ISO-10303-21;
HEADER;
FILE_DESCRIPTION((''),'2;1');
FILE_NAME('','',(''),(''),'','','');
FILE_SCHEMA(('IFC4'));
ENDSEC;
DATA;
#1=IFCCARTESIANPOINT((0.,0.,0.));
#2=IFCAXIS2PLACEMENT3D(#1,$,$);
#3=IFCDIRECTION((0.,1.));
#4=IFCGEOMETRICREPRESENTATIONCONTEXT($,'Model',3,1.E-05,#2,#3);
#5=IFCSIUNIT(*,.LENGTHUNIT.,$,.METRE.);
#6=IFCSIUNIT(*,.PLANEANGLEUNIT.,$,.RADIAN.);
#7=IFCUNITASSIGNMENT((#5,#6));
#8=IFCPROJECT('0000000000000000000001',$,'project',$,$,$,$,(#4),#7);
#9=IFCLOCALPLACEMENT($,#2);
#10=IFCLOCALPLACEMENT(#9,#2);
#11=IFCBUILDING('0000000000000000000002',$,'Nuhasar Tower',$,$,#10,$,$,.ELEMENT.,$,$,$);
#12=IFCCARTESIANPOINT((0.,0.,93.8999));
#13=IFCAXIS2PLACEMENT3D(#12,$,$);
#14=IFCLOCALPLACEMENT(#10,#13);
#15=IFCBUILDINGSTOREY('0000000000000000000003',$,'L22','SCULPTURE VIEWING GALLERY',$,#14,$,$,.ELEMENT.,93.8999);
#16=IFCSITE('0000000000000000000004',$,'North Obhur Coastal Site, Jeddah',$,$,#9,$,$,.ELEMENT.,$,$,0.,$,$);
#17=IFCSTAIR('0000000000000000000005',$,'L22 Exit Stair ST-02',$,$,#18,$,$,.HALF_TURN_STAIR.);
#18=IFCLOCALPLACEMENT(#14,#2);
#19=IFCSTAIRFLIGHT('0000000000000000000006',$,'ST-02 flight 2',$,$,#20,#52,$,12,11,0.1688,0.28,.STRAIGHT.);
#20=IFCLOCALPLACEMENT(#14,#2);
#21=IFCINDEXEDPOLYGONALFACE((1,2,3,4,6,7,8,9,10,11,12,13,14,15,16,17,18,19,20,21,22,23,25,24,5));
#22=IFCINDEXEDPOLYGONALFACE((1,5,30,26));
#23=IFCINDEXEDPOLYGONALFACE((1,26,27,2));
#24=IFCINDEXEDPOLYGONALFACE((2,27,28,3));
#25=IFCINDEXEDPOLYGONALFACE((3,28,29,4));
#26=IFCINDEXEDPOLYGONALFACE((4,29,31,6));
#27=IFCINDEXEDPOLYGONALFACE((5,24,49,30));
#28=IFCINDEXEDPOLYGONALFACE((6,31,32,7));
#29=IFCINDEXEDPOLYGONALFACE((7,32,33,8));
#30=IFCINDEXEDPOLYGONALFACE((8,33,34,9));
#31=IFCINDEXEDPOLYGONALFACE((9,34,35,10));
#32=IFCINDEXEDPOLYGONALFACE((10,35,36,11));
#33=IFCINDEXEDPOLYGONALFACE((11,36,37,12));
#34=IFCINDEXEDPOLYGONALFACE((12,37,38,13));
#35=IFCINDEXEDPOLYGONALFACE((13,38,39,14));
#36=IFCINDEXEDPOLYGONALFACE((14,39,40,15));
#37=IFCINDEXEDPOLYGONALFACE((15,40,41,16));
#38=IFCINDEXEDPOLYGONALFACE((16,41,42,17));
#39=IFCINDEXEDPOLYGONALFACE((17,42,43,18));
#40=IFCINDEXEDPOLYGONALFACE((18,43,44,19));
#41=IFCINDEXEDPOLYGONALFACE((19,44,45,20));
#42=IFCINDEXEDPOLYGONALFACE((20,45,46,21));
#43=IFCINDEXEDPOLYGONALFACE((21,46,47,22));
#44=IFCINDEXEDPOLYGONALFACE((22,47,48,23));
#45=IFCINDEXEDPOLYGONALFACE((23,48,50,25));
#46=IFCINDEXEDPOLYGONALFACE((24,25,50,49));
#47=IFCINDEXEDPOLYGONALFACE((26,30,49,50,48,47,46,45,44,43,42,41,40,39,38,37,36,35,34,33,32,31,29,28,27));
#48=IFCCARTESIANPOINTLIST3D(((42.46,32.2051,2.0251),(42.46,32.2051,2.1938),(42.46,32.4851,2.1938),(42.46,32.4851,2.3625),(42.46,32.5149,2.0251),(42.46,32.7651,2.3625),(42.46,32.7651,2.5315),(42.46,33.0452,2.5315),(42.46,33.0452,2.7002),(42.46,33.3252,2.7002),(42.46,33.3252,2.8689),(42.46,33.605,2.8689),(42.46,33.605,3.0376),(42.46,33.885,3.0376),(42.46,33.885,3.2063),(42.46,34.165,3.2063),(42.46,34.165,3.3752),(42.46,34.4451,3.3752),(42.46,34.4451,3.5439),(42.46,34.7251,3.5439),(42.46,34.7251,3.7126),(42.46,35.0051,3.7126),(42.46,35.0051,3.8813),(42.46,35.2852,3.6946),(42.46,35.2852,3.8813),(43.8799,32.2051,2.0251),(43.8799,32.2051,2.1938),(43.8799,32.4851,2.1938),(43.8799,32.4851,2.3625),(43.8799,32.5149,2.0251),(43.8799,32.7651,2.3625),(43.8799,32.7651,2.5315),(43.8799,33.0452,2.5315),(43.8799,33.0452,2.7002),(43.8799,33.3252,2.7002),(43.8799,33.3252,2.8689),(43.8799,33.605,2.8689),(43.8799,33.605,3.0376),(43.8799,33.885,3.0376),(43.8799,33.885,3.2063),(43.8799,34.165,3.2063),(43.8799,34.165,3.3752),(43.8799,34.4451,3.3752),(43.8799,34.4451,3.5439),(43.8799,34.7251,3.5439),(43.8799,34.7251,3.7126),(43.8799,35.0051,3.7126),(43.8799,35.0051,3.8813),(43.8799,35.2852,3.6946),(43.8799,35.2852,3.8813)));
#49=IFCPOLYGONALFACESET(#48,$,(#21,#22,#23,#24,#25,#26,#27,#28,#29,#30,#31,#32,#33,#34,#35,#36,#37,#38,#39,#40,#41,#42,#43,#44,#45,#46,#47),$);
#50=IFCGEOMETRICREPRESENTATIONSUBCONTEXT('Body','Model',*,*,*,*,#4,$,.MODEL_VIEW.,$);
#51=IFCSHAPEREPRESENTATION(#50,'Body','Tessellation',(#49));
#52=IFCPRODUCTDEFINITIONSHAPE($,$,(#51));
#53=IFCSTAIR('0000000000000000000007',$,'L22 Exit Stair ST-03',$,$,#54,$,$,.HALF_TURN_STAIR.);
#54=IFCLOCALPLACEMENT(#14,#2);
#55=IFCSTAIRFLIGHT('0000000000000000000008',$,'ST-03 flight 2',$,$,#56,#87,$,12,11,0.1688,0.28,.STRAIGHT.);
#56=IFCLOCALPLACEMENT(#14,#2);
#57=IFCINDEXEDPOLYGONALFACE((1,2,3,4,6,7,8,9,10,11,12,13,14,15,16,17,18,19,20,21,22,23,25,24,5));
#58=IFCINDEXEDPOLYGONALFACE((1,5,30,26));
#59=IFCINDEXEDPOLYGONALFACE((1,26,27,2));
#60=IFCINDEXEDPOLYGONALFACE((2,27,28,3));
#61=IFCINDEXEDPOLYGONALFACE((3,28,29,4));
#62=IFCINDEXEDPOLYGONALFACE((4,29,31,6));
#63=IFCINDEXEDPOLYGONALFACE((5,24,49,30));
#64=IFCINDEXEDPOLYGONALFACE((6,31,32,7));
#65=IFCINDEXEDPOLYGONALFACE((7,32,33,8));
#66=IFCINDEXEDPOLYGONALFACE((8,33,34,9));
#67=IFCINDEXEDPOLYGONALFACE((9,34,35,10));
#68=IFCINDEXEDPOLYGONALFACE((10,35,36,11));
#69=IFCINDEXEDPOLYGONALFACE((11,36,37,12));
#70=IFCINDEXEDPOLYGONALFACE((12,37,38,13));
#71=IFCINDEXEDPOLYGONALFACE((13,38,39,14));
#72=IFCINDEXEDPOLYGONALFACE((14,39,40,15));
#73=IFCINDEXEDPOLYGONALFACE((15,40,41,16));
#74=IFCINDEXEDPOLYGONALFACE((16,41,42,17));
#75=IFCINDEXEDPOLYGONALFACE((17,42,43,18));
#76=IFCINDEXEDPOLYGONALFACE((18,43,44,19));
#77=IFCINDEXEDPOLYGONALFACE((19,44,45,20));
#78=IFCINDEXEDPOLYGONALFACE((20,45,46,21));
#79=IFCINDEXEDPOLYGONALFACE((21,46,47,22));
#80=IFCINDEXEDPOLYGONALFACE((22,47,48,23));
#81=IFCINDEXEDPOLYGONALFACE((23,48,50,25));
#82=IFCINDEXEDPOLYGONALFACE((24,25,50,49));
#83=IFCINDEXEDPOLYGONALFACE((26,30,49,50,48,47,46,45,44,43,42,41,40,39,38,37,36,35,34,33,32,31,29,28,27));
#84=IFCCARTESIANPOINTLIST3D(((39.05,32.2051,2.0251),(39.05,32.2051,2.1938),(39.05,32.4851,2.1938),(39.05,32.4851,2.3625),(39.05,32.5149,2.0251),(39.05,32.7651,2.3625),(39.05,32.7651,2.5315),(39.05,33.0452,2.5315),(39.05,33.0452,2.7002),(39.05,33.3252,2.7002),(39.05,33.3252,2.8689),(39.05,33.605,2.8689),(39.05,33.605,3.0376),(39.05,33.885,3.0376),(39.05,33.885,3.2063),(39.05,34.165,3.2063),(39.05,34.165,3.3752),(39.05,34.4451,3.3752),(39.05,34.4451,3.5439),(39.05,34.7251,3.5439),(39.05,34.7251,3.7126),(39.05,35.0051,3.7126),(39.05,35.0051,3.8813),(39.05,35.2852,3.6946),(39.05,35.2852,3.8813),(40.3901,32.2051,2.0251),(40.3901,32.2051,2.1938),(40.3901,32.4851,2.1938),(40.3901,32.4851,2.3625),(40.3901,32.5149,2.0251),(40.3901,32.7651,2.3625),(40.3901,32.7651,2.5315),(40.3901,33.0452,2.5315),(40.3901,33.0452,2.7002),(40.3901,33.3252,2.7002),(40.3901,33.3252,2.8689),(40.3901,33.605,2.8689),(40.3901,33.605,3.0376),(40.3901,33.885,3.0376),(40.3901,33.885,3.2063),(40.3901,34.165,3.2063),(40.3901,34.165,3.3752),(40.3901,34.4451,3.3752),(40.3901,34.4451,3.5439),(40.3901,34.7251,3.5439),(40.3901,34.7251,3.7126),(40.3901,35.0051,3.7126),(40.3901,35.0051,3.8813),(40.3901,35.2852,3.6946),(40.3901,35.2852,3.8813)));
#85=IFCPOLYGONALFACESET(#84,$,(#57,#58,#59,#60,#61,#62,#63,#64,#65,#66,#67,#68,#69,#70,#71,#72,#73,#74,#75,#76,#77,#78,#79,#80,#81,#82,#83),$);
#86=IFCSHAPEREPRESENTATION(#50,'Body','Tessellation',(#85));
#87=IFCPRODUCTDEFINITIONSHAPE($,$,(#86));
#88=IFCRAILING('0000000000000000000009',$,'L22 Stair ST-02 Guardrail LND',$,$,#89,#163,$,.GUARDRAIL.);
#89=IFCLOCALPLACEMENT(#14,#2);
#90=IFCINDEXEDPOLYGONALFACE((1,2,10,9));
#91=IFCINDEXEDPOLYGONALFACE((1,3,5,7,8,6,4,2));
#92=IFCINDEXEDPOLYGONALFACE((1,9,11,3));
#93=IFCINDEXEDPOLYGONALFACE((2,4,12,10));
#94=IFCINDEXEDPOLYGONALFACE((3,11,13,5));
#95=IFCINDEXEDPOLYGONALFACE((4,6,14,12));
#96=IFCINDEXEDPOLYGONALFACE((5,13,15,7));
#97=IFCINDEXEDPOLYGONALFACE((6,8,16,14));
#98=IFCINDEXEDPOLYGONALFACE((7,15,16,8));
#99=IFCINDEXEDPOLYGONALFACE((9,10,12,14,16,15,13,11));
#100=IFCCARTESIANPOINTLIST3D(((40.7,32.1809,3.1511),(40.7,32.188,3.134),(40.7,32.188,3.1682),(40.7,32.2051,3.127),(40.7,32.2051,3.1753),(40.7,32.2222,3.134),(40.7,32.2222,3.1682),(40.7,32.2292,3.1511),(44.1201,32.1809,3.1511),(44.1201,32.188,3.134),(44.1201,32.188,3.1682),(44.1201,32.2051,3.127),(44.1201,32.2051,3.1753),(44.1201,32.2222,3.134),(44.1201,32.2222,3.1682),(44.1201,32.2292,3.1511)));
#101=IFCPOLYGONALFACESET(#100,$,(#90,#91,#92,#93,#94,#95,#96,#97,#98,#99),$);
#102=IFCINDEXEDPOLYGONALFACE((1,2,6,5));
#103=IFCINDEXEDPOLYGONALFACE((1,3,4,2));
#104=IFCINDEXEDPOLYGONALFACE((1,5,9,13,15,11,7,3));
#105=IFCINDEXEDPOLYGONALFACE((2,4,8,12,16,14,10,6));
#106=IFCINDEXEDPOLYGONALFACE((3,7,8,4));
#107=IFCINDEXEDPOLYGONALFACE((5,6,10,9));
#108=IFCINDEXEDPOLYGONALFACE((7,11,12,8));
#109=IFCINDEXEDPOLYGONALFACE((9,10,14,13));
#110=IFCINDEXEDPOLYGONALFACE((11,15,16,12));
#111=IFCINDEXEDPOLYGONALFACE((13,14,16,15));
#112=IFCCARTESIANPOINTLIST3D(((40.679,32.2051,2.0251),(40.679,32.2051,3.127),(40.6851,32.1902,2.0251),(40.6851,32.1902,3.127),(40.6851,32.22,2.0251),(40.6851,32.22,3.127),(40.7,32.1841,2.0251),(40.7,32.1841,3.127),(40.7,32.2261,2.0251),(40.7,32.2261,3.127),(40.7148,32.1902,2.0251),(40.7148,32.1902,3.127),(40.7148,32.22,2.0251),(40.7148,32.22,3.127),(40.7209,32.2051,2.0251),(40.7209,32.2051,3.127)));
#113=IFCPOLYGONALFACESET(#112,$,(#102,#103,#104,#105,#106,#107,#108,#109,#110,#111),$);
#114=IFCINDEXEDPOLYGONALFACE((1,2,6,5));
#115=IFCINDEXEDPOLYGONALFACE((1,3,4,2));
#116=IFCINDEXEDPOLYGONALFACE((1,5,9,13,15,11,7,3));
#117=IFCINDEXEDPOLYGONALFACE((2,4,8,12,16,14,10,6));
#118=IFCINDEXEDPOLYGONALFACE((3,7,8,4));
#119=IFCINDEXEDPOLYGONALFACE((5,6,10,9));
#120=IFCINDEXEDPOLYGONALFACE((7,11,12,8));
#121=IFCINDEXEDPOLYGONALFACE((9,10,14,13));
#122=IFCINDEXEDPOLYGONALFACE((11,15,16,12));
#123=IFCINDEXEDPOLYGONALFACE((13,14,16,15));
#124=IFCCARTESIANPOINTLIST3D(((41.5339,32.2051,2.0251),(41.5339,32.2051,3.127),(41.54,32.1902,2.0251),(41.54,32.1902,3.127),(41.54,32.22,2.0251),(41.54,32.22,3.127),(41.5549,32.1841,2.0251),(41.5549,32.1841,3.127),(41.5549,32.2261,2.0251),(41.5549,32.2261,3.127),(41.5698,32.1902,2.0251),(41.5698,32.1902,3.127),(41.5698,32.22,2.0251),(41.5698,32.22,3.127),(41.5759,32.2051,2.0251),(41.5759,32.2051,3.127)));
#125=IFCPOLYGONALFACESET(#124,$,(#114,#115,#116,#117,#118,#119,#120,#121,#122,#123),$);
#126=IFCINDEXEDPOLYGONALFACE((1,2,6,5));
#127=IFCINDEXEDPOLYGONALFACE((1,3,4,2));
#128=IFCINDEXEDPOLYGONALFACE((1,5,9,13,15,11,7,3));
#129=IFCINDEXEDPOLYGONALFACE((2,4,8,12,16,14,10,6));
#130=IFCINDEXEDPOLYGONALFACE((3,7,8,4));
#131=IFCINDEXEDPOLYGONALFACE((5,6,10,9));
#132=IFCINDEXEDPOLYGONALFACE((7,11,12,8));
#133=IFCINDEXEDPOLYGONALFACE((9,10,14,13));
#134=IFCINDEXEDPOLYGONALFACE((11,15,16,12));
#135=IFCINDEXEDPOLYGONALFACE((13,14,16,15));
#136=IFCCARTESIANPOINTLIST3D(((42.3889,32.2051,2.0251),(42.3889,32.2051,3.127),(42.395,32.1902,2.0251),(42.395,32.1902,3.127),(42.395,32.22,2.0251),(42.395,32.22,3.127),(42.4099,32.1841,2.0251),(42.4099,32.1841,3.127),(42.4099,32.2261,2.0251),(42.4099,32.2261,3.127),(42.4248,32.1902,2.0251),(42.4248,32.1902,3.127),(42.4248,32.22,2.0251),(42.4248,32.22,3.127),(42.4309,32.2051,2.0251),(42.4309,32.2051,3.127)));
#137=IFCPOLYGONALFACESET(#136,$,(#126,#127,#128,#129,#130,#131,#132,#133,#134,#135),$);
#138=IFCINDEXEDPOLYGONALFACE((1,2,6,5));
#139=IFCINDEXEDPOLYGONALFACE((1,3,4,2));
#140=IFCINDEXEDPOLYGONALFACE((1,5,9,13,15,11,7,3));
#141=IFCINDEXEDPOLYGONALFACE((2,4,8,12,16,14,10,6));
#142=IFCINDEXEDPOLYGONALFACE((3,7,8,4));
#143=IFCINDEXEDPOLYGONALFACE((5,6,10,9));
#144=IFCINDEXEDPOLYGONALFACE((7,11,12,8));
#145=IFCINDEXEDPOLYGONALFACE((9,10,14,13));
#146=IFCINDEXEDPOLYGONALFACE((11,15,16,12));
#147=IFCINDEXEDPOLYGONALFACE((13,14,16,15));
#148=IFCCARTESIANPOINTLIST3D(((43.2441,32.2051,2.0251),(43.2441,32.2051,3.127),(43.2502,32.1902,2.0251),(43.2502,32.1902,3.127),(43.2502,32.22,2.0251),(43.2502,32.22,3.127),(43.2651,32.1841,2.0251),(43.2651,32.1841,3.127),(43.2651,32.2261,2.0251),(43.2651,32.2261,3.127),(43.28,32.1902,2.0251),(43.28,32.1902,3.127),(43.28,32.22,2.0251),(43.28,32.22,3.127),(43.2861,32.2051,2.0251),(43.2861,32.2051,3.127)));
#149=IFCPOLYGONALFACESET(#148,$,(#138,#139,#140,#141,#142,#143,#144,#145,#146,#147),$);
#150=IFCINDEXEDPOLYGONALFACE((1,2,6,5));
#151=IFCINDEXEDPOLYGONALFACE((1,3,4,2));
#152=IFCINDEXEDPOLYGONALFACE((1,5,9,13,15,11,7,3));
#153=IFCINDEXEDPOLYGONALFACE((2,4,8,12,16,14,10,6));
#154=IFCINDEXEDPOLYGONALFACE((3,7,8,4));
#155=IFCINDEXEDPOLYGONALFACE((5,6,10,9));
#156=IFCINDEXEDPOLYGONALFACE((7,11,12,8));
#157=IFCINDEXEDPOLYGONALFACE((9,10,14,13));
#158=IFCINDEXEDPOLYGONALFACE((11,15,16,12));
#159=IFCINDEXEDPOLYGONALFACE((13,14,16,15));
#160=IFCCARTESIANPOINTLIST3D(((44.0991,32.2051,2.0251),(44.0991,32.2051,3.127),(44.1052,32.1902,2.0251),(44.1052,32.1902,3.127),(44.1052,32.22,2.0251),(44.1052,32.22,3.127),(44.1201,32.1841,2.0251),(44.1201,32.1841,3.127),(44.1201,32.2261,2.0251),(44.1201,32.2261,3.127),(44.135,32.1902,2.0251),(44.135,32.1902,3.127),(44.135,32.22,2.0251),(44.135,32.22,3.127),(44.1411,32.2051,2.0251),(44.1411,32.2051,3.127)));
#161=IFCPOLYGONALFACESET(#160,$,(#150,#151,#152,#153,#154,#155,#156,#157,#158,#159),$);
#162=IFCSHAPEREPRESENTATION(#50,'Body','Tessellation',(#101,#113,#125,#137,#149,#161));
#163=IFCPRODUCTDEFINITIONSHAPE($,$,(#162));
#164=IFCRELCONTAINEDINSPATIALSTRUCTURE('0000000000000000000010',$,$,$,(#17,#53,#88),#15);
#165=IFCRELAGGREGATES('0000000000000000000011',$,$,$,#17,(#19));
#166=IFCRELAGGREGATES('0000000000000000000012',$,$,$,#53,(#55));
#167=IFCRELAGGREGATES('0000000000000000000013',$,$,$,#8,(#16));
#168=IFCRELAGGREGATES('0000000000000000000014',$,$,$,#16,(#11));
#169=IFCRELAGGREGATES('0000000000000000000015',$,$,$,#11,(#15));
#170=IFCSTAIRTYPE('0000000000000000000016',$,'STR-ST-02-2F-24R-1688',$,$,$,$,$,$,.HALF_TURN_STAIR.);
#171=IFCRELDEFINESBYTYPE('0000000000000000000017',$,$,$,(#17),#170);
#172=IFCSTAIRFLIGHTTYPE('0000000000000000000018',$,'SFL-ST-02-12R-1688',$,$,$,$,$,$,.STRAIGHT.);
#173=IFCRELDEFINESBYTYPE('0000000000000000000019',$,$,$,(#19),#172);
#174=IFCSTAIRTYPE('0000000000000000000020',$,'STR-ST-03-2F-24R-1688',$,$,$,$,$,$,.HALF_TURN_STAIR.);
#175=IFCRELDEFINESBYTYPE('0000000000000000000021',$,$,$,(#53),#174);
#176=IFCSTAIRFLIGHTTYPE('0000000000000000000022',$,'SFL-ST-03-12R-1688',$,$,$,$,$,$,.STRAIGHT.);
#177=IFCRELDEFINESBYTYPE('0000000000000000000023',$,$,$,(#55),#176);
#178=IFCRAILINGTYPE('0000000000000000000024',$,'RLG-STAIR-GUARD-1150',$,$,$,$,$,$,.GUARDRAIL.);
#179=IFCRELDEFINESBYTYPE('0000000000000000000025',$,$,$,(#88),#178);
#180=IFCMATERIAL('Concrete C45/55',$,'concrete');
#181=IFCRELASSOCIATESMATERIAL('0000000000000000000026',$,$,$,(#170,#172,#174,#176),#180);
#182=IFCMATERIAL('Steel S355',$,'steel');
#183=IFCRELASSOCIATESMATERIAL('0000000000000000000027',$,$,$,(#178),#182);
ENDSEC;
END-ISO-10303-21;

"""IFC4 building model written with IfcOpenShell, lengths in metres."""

from ifc_helpers import new_model, si_unit, direction, frame, origin, place, context, subcontext, project, spatial, polyline, outline, extrude, material, type_object, element, aggregate, save


model = new_model("IFC4")

# Units and contexts
model_context = context("Model", 3, precision=1e-05, world=origin(), true_north=direction((0.0, 1.0)))
body_context = subcontext(model_context, "Body", "Model", "MODEL_VIEW")
ifc_project = project(units=[si_unit("LENGTHUNIT", "METRE"), si_unit("PLANEANGLEUNIT", "RADIAN")], contexts=[model_context])

# Site, building, storey
site_placement = place(None, origin())
site = spatial("IfcSite", under=ifc_project, at=site_placement, Name="North Obhur Coastal Site, Jeddah", CompositionType="ELEMENT", RefElevation=0.0)
building_placement = place(site_placement, origin())
building = spatial("IfcBuilding", under=site, at=building_placement, Name="Nuhasar Tower", CompositionType="ELEMENT")
storey_placement = place(building_placement, frame((0.0, 0.0, 93.8999)))
storey = spatial("IfcBuildingStorey", under=building, at=storey_placement, Name="L22", Description="SCULPTURE VIEWING GALLERY", CompositionType="ELEMENT", Elevation=93.8999)

# Shared definitions
ifc_material_1 = material(Name="Concrete C45/55", Category="concrete")

# Shared definitions
ifc_material_2 = material(Name="Steel S355", Category="steel")

# Stairs, stair flights
stair_type_1 = type_object("IfcStairType", Name="STR-ST-02-2F-24R-1688", PredefinedType="HALF_TURN_STAIR", material=ifc_material_1)
stair_1_placement = place(storey_placement, origin())
stair_1 = element("IfcStair", 1, at=stair_1_placement, inside=storey, type_object=stair_type_1, Name="L22 Exit Stair ST-02", PredefinedType="HALF_TURN_STAIR")
stair_flight_type_1 = type_object("IfcStairFlightType", Name="SFL-ST-02-12R-1688", PredefinedType="STRAIGHT", material=ifc_material_1)
stair_flight_1_placement = place(storey_placement, frame((43.1699, 32.2051, 2.0251), z_axis=(0.0, 0.0, 1.0), x_axis=(0.0, 1.0, 0.0)))
stair_flight_1 = element("IfcStairFlight", 2, at=stair_flight_1_placement, type_object=stair_flight_type_1, Name="ST-02 flight 2", NumberOfRisers=12, NumberOfTreads=11, PredefinedType="STRAIGHT", RiserHeight=0.1688, TreadLength=0.28, context=body_context, shape_type="SweptSolid", body=[
    extrude(outline(polyline([(0.0, 0.0), (0.0, 0.1687), (0.28, 0.1687), (0.28, 0.3374), (0.5601, 0.3374), (0.5601, 0.5063), (0.8401, 0.5063), (0.8401, 0.675), (1.1201, 0.675), (1.1201, 0.8438), (1.3999, 0.8438), (1.3999, 1.0125), (1.6799, 1.0125), (1.6799, 1.1812), (1.96, 1.1812), (1.96, 1.3501), (2.24, 1.3501), (2.24, 1.5188), (2.52, 1.5188), (2.52, 1.6875), (2.8, 1.6875), (2.8, 1.8562), (3.0801, 1.8562), (3.0801, 2.0249), (3.0801, 1.6694), (0.3098, 0.0), (0.0, 0.0)])), frame((0.0, 0.71, 0.0), z_axis=(0.0, -1.0, 0.0), x_axis=(1.0, 0.0, 0.0)), (0.0, 0.0, 1.0), 1.4199),
])
aggregate(stair_1, [stair_flight_1])
stair_type_2 = type_object("IfcStairType", Name="STR-ST-03-2F-24R-1688", PredefinedType="HALF_TURN_STAIR", material=ifc_material_1)
stair_2_placement = place(storey_placement, origin())
stair_2 = element("IfcStair", 3, at=stair_2_placement, inside=storey, type_object=stair_type_2, Name="L22 Exit Stair ST-03", PredefinedType="HALF_TURN_STAIR")
stair_flight_type_2 = type_object("IfcStairFlightType", Name="SFL-ST-03-12R-1688", PredefinedType="STRAIGHT", material=ifc_material_1)
stair_flight_2_placement = place(storey_placement, frame((39.72, 32.2051, 2.0251), z_axis=(0.0, 0.0, 1.0), x_axis=(0.0, 1.0, 0.0)))
stair_flight_2 = element("IfcStairFlight", 4, at=stair_flight_2_placement, type_object=stair_flight_type_2, Name="ST-03 flight 2", NumberOfRisers=12, NumberOfTreads=11, PredefinedType="STRAIGHT", RiserHeight=0.1688, TreadLength=0.28, context=body_context, shape_type="SweptSolid", body=[
    extrude(outline(polyline([(0.0, 0.0), (0.0, 0.1687), (0.28, 0.1687), (0.28, 0.3374), (0.5601, 0.3374), (0.5601, 0.5063), (0.8401, 0.5063), (0.8401, 0.675), (1.1201, 0.675), (1.1201, 0.8438), (1.3999, 0.8438), (1.3999, 1.0125), (1.6799, 1.0125), (1.6799, 1.1812), (1.96, 1.1812), (1.96, 1.3501), (2.24, 1.3501), (2.24, 1.5188), (2.52, 1.5188), (2.52, 1.6875), (2.8, 1.6875), (2.8, 1.8562), (3.0801, 1.8562), (3.0801, 2.0249), (3.0801, 1.6694), (0.3098, 0.0), (0.0, 0.0)])), frame((0.0, 0.6699, 0.0), z_axis=(0.0, -1.0, 0.0), x_axis=(1.0, 0.0, 0.0)), (0.0, 0.0, 1.0), 1.3401),
])
aggregate(stair_2, [stair_flight_2])

# Railing
railing_type = type_object("IfcRailingType", Name="RLG-STAIR-GUARD-1150", PredefinedType="GUARDRAIL", material=ifc_material_2)
railing_placement = place(storey_placement, frame((40.7, 32.2051, 2.0251)))
element("IfcRailing", 5, at=railing_placement, inside=storey, type_object=railing_type, Name="L22 Stair ST-02 Guardrail LND", PredefinedType="GUARDRAIL", context=body_context, shape_type="SweptSolid", body=[
    extrude(outline(polyline([(0.0242, 0.0), (0.0171, 0.0171), (0.0, 0.0242), (-0.0171, 0.0171), (-0.0242, 0.0), (-0.0171, -0.0171), (0.0, -0.0242), (0.0171, -0.0171), (0.0242, 0.0)])), frame((0.0, 0.0, 1.126), z_axis=(1.0, 0.0, 0.0), x_axis=(0.0, 1.0, 0.0)), (0.0, 0.0, 1.0), 3.4202),
    extrude(outline(polyline([(0.021, 0.0), (0.0149, 0.0149), (0.0, 0.021), (-0.0149, 0.0149), (-0.021, 0.0), (-0.0149, -0.0149), (0.0, -0.021), (0.0149, -0.0149), (0.021, 0.0)])), origin(), (0.0, 0.0, 1.0), 1.1018),
    extrude(outline(polyline([(0.021, 0.0), (0.0149, 0.0149), (0.0, 0.021), (-0.0149, 0.0149), (-0.021, 0.0), (-0.0149, -0.0149), (0.0, -0.021), (0.0149, -0.0149), (0.021, 0.0)])), frame((0.855, 0.0, 0.0)), (0.0, 0.0, 1.0), 1.1018),
    extrude(outline(polyline([(0.021, 0.0), (0.0149, 0.0149), (0.0, 0.021), (-0.0149, 0.0149), (-0.021, 0.0), (-0.0149, -0.0149), (0.0, -0.021), (0.0149, -0.0149), (0.021, 0.0)])), frame((1.71, 0.0, 0.0)), (0.0, 0.0, 1.0), 1.1018),
    extrude(outline(polyline([(0.021, 0.0), (0.0149, 0.0149), (0.0, 0.021), (-0.0149, 0.0149), (-0.021, 0.0), (-0.0149, -0.0149), (0.0, -0.021), (0.0149, -0.0149), (0.021, 0.0)])), frame((2.5652, 0.0, 0.0)), (0.0, 0.0, 1.0), 1.1018),
    extrude(outline(polyline([(0.021, 0.0), (0.0149, 0.0149), (0.0, 0.021), (-0.0149, 0.0149), (-0.021, 0.0), (-0.0149, -0.0149), (0.0, -0.021), (0.0149, -0.0149), (0.021, 0.0)])), frame((3.4202, 0.0, 0.0)), (0.0, 0.0, 1.0), 1.1018),
])

save(model, "model.ifc")
